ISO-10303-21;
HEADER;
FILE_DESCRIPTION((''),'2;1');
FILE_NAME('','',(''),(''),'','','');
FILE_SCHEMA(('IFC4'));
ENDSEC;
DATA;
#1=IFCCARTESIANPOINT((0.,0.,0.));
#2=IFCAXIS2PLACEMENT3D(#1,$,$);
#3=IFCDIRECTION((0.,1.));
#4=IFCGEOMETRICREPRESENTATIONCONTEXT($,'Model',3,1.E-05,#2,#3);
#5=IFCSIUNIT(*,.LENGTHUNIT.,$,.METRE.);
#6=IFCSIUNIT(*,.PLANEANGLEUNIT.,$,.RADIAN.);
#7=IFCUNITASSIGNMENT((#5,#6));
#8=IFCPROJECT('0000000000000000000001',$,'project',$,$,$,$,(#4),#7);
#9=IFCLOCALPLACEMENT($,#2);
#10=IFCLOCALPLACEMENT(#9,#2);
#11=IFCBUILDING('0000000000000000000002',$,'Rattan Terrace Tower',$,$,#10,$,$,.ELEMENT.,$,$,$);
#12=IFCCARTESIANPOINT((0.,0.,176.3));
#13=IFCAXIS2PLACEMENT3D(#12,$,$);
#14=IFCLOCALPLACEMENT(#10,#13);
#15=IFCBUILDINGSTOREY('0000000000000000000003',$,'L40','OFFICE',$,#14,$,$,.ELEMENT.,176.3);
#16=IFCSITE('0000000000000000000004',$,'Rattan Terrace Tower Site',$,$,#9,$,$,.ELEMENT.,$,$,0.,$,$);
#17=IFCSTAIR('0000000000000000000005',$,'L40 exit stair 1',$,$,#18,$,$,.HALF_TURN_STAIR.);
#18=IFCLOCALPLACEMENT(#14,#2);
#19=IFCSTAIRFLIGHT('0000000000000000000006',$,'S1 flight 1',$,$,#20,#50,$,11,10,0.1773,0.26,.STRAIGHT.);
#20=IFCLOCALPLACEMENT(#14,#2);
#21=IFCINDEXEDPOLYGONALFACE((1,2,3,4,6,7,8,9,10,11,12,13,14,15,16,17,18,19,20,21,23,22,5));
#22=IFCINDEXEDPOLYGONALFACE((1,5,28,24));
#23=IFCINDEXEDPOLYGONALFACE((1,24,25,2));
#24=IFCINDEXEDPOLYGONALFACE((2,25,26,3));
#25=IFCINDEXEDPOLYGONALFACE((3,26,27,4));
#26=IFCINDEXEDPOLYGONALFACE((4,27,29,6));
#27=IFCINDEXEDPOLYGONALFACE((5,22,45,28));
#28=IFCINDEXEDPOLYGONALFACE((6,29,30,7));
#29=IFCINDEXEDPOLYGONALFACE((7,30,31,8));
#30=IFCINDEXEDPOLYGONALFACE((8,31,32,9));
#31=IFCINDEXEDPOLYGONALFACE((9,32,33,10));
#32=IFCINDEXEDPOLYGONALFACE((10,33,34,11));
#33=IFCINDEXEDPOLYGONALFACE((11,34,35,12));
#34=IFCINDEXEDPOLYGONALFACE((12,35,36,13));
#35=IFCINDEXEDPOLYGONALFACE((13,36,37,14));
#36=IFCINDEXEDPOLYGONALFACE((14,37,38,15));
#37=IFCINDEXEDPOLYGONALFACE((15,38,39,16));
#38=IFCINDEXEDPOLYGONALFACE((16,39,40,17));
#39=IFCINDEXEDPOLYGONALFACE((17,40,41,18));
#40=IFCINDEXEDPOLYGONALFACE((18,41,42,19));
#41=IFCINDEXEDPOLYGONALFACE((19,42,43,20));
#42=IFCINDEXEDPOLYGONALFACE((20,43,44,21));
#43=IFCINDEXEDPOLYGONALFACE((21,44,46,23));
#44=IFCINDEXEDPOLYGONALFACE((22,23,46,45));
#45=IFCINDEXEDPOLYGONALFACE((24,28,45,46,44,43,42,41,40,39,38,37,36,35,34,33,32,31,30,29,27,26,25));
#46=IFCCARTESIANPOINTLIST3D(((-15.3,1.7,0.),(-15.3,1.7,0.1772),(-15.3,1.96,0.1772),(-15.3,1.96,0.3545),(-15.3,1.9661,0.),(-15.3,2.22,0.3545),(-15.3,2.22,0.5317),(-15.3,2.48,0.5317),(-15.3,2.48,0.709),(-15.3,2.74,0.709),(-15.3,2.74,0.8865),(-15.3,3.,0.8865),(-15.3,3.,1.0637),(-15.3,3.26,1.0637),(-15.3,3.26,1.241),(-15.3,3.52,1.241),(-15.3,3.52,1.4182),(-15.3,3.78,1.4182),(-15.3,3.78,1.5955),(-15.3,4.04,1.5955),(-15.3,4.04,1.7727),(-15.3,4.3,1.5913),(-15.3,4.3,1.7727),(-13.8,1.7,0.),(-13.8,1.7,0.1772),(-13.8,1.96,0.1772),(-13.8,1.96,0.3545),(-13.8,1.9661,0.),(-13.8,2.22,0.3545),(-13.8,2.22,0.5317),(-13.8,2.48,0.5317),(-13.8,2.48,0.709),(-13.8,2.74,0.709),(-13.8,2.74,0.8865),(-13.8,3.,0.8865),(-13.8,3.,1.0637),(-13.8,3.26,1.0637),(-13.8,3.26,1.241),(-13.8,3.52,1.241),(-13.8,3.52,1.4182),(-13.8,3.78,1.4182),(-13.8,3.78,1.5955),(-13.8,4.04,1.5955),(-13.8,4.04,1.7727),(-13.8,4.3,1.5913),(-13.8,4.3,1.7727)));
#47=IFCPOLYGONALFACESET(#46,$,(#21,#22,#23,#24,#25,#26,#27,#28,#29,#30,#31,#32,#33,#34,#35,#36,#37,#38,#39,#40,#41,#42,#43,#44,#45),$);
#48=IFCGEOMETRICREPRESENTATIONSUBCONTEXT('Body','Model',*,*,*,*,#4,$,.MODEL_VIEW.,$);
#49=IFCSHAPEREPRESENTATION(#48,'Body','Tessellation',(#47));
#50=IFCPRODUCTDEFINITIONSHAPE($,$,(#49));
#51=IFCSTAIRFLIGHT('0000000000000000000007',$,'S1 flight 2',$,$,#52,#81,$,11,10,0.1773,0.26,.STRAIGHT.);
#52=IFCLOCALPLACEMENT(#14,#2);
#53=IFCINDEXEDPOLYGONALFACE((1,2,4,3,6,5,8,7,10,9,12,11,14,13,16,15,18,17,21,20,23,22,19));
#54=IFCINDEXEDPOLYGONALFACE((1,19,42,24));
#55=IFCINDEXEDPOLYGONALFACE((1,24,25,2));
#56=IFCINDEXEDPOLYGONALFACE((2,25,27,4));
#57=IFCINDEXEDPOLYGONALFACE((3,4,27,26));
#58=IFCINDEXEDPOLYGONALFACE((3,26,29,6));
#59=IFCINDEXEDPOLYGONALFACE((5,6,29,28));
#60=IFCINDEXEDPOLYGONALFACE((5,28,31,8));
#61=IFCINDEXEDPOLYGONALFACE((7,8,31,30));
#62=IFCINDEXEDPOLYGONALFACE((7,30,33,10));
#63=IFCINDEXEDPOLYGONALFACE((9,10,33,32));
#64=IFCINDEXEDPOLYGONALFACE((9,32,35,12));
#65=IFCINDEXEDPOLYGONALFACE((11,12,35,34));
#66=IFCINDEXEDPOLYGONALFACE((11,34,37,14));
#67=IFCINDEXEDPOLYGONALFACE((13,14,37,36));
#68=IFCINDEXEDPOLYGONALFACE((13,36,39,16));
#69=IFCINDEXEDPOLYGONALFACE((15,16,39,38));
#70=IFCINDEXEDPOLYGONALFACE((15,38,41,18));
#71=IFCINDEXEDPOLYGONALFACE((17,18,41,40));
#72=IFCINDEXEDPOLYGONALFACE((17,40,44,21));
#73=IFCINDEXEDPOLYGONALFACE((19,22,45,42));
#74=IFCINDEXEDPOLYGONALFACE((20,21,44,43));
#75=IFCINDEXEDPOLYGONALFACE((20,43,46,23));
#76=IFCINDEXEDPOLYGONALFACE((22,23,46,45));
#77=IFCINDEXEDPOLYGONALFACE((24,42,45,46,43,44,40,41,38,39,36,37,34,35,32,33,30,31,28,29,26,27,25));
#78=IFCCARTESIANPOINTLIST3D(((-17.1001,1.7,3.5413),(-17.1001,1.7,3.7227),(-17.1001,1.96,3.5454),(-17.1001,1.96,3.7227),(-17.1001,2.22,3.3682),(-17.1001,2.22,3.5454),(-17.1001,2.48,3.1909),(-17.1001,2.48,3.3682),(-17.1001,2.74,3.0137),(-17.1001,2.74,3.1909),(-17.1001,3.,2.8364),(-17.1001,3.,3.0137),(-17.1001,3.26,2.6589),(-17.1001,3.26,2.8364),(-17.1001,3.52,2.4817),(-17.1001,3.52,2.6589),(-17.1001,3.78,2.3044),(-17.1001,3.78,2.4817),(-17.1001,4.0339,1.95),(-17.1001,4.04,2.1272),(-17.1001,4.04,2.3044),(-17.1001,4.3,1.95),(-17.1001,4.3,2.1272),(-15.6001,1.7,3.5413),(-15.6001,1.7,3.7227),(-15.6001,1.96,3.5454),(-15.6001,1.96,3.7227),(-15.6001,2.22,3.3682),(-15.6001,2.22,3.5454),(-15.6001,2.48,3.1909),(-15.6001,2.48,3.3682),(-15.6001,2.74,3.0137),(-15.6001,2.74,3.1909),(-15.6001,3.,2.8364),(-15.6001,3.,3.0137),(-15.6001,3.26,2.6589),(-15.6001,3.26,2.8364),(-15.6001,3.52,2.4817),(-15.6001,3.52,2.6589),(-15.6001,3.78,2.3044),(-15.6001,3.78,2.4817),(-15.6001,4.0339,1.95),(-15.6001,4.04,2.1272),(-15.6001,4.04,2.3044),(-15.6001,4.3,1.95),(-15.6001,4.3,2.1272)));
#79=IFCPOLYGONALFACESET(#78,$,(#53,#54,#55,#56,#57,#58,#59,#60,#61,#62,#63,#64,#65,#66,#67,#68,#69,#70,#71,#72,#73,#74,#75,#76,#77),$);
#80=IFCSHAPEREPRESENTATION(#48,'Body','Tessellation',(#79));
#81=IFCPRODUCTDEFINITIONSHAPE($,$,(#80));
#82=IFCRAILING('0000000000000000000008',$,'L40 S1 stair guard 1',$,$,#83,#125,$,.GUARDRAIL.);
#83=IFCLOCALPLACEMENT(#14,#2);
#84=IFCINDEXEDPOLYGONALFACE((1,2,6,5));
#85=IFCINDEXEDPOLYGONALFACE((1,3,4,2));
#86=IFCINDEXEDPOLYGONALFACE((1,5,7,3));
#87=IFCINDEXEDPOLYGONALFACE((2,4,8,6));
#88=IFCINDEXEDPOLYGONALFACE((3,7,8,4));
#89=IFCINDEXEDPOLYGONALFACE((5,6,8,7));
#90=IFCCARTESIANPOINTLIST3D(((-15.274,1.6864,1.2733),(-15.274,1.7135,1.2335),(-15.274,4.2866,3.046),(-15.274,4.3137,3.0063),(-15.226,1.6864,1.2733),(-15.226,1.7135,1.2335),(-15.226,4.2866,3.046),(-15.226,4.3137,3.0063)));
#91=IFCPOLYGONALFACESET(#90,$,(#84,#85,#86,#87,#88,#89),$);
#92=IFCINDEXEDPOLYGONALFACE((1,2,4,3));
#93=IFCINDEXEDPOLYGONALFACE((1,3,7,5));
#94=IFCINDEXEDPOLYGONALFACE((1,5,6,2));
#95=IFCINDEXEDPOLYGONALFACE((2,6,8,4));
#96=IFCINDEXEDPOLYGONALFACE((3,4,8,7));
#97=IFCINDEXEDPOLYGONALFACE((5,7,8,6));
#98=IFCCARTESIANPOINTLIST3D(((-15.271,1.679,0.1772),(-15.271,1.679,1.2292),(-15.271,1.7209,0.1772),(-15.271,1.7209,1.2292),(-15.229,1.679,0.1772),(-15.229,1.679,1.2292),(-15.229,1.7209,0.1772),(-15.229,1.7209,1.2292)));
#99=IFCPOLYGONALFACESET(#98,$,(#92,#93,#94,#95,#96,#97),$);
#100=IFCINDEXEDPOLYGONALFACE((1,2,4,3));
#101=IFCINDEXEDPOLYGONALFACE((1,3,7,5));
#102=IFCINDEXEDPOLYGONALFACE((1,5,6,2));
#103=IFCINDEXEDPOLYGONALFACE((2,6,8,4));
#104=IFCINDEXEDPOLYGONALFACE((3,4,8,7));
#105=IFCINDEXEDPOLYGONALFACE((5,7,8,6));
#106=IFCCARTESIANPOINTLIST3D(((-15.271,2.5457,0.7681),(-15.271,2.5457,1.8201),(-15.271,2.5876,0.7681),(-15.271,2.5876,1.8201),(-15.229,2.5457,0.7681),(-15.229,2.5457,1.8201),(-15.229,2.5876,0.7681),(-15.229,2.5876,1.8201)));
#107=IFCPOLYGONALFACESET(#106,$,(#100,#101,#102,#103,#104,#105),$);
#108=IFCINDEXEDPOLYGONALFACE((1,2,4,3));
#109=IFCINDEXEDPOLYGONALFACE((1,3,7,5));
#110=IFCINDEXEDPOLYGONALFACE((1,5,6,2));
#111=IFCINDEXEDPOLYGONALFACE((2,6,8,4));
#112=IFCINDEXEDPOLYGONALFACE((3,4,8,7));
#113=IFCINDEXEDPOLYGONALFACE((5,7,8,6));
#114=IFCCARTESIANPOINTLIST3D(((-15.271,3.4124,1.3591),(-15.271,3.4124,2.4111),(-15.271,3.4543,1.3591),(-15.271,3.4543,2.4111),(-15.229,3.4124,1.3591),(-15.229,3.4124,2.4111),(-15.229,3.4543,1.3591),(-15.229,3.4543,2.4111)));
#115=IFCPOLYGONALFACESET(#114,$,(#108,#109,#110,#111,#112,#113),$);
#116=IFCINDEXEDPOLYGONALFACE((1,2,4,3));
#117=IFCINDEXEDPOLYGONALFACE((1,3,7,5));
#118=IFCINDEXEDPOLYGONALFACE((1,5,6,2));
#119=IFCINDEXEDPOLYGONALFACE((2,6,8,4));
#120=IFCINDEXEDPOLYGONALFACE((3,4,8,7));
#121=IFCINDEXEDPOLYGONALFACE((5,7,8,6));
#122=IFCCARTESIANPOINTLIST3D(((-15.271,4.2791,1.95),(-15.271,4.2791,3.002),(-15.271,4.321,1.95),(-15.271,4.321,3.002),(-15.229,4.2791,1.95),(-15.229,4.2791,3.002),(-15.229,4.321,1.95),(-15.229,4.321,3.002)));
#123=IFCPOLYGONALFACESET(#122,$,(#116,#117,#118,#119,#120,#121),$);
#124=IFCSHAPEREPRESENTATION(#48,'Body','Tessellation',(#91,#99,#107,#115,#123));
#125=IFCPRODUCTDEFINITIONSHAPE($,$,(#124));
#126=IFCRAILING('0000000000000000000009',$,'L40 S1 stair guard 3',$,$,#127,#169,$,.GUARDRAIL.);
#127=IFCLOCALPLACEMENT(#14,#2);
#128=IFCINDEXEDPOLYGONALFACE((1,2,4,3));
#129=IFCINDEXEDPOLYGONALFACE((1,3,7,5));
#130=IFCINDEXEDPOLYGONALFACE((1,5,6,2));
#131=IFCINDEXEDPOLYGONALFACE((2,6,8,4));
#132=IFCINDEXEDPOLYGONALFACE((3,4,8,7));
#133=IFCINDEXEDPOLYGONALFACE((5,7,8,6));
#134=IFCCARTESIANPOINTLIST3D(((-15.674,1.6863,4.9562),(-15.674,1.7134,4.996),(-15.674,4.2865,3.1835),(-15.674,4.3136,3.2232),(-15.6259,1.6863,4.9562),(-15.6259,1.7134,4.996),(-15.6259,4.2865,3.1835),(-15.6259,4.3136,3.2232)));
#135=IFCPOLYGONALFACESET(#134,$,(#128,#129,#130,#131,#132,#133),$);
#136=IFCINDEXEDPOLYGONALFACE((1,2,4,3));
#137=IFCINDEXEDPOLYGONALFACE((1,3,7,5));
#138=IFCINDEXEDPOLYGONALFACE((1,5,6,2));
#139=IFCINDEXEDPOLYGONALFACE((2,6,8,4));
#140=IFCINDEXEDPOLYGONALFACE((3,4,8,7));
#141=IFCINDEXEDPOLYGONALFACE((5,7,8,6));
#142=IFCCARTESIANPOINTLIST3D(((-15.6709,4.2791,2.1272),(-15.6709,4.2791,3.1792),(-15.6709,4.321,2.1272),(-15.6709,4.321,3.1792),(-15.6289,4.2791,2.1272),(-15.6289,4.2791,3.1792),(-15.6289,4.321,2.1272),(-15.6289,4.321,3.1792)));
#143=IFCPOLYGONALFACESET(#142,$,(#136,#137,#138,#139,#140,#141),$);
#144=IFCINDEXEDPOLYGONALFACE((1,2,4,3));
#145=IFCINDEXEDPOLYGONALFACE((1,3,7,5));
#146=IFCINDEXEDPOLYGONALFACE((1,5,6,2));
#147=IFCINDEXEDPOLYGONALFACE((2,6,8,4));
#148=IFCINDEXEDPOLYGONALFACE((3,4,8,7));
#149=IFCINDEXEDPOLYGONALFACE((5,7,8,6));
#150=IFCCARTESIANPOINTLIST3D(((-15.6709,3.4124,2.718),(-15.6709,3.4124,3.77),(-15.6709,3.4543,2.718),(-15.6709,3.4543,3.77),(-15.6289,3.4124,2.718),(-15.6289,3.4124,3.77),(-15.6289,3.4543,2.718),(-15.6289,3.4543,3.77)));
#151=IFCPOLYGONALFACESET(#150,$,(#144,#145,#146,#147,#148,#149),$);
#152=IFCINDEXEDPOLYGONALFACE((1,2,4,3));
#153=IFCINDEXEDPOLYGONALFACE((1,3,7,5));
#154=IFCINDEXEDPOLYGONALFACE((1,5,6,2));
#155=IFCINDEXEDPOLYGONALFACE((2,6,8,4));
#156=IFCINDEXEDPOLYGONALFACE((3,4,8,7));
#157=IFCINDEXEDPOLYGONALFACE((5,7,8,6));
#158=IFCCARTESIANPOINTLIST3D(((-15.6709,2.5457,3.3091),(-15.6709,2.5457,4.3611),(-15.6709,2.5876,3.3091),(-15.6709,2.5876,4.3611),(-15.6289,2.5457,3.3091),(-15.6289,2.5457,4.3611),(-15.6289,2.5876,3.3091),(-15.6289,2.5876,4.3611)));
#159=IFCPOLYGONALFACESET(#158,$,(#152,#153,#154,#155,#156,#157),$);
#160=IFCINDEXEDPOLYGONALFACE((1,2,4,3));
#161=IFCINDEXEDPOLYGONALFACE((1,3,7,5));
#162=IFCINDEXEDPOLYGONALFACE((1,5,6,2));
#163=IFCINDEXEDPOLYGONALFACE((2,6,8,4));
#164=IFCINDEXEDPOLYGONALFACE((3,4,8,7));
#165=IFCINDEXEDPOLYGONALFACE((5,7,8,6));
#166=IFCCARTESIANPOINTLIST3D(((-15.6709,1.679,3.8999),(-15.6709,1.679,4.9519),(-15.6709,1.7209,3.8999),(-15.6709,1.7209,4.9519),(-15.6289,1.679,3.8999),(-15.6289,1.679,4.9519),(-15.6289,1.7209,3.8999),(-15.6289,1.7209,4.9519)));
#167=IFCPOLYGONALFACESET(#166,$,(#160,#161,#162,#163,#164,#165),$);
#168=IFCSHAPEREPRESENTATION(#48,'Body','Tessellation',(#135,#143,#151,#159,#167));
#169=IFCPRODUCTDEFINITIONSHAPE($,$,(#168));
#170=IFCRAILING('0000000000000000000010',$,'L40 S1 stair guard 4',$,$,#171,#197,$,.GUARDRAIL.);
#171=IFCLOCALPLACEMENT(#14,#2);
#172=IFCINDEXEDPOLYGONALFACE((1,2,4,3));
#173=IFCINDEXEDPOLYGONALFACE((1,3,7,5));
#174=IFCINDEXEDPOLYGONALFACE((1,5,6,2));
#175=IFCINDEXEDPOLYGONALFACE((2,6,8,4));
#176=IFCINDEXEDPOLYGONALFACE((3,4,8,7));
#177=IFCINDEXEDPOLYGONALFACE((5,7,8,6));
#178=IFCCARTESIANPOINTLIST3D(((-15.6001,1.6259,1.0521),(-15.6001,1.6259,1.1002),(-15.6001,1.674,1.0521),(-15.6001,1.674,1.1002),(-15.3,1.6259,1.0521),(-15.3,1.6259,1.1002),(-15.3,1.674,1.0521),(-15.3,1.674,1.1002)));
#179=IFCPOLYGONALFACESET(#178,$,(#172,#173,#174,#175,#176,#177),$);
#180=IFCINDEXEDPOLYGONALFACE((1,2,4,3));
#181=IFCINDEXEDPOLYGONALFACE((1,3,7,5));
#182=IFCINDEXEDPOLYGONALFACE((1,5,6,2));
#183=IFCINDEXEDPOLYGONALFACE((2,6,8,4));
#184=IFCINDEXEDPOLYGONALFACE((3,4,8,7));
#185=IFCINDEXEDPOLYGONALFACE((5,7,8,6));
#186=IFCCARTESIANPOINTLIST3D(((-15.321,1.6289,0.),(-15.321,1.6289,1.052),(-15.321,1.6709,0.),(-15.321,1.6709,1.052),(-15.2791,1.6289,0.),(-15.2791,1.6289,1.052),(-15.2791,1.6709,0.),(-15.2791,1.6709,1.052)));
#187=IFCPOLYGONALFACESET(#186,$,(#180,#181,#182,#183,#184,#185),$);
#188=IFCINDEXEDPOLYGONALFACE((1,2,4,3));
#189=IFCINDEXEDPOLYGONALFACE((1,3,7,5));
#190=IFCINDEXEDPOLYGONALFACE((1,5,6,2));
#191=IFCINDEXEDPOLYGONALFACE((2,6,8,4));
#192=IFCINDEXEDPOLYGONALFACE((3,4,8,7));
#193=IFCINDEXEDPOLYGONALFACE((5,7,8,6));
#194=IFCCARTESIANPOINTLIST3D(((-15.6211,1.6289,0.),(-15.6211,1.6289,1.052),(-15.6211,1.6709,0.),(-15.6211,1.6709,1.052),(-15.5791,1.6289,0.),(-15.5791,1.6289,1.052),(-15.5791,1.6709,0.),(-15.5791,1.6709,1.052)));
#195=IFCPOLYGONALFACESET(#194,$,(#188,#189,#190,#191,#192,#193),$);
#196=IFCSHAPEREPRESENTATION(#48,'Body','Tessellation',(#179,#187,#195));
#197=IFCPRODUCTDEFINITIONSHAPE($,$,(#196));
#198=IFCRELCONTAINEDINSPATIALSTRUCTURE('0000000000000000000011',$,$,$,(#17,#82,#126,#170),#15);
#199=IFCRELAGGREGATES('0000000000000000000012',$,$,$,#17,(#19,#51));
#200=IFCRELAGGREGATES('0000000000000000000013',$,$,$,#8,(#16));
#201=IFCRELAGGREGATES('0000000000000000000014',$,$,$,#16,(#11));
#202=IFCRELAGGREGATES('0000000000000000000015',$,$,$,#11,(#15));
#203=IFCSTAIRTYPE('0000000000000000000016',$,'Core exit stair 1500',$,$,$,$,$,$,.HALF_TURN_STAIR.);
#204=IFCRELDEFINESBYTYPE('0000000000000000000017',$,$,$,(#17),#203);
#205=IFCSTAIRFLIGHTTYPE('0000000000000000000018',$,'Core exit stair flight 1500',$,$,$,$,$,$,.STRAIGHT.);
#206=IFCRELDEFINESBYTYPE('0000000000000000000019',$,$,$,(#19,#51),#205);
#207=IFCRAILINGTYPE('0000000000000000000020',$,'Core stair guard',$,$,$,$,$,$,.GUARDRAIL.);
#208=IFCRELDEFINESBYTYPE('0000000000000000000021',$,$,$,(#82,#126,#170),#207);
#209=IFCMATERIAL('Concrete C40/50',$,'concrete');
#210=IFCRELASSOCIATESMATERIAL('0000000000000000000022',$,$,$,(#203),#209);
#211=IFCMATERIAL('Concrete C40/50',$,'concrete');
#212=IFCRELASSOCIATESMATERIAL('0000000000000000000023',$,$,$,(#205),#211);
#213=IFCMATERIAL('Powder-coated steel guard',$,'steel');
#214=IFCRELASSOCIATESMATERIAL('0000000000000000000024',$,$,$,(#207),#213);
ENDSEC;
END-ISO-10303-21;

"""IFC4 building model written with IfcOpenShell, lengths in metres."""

from ifc_helpers import new_model, si_unit, direction, frame, origin, origin_2d, place, context, subcontext, project, spatial, polyline, rectangle, outline, extrude, material, type_object, element, aggregate, save


model = new_model("IFC4")

# Units and contexts
model_context = context("Model", 3, precision=1e-05, world=origin(), true_north=direction((0.0, 1.0)))
body_context = subcontext(model_context, "Body", "Model", "MODEL_VIEW")
ifc_project = project(units=[si_unit("LENGTHUNIT", "METRE"), si_unit("PLANEANGLEUNIT", "RADIAN")], contexts=[model_context])

# Site, building, storey
site_placement = place(None, origin())
site = spatial("IfcSite", under=ifc_project, at=site_placement, Name="Rattan Terrace Tower Site", CompositionType="ELEMENT", RefElevation=0.0)
building_placement = place(site_placement, origin())
building = spatial("IfcBuilding", under=site, at=building_placement, Name="Rattan Terrace Tower", CompositionType="ELEMENT")
storey_placement = place(building_placement, frame((0.0, 0.0, 176.3)))
storey = spatial("IfcBuildingStorey", under=building, at=storey_placement, Name="L40", Description="OFFICE", CompositionType="ELEMENT", Elevation=176.3)

# Stair, stair flights
ifc_material_1 = material(Name="Concrete C40/50", Category="concrete")
stair_type = type_object("IfcStairType", Name="Core exit stair 1500", PredefinedType="HALF_TURN_STAIR", material=ifc_material_1)
stair_placement = place(storey_placement, origin())
stair = element("IfcStair", 1, at=stair_placement, inside=storey, type_object=stair_type, Name="L40 exit stair 1", PredefinedType="HALF_TURN_STAIR")
ifc_material_2 = material(Name="Concrete C40/50", Category="concrete")
stair_flight_type = type_object("IfcStairFlightType", Name="Core exit stair flight 1500", PredefinedType="STRAIGHT", material=ifc_material_2)
stair_flight_1_placement = place(storey_placement, frame((-14.55, 1.7, 0.0), z_axis=(0.0, 0.0, 1.0), x_axis=(0.0, 1.0, 0.0)))
stair_flight_1 = element("IfcStairFlight", 2, at=stair_flight_1_placement, type_object=stair_flight_type, Name="S1 flight 1", NumberOfRisers=11, NumberOfTreads=10, PredefinedType="STRAIGHT", RiserHeight=0.1773, TreadLength=0.26, context=body_context, shape_type="SweptSolid", body=[
    extrude(outline(polyline([(0.0, 0.0), (0.0, 0.1772), (0.26, 0.1772), (0.26, 0.3545), (0.52, 0.3545), (0.52, 0.5317), (0.78, 0.5317), (0.78, 0.709), (1.04, 0.709), (1.04, 0.8865), (1.3, 0.8865), (1.3, 1.0637), (1.5601, 1.0637), (1.5601, 1.241), (1.8201, 1.241), (1.8201, 1.4182), (2.0801, 1.4182), (2.0801, 1.5955), (2.3401, 1.5955), (2.3401, 1.7727), (2.6001, 1.7727), (2.6001, 1.95), (2.6001, 1.5913), (0.2661, 0.0), (0.0, 0.0)])), frame((0.0, 0.75, 0.0), z_axis=(0.0, -1.0, 0.0), x_axis=(1.0, 0.0, 0.0)), (0.0, 0.0, 1.0), 1.5),
])
stair_flight_2_placement = place(storey_placement, frame((-16.3501, 4.3, 1.95), z_axis=(0.0, 0.0, 1.0), x_axis=(0.0, -1.0, 0.0)))
stair_flight_2 = element("IfcStairFlight", 3, at=stair_flight_2_placement, type_object=stair_flight_type, Name="S1 flight 2", NumberOfRisers=11, NumberOfTreads=10, PredefinedType="STRAIGHT", RiserHeight=0.1773, TreadLength=0.26, context=body_context, shape_type="SweptSolid", body=[
    extrude(outline(polyline([(0.0, 0.0), (0.0, 0.1772), (0.26, 0.1772), (0.26, 0.3545), (0.52, 0.3545), (0.52, 0.5317), (0.78, 0.5317), (0.78, 0.709), (1.04, 0.709), (1.04, 0.8865), (1.3, 0.8865), (1.3, 1.0637), (1.5601, 1.0637), (1.5601, 1.241), (1.8201, 1.241), (1.8201, 1.4182), (2.0801, 1.4182), (2.0801, 1.5955), (2.3401, 1.5955), (2.3401, 1.7727), (2.6001, 1.7727), (2.6001, 1.95), (2.6001, 1.5913), (0.2661, 0.0), (0.0, 0.0)])), frame((0.0, 0.75, 0.0), z_axis=(0.0, -1.0, 0.0), x_axis=(1.0, 0.0, 0.0)), (0.0, 0.0, 1.0), 1.5),
])
aggregate(stair, [stair_flight_1, stair_flight_2])

# Railings
ifc_material_3 = material(Name="Powder-coated steel guard", Category="steel")
railing_type_1 = type_object("IfcRailingType", Name="Core stair guard", PredefinedType="GUARDRAIL", material=ifc_material_3)
railing_1_placement = place(storey_placement, frame((-15.25, 1.7, 0.1772)))
element("IfcRailing", 4, at=railing_1_placement, inside=storey, type_object=railing_type_1, Name="L40 S1 stair guard 1", PredefinedType="GUARDRAIL", context=body_context, shape_type="SweptSolid", body=[
    extrude(rectangle(XDim=0.0481, YDim=0.0481, at=origin_2d()), frame((0.0, 0.0, 1.0762), z_axis=(0.0, 0.82624, 0.563318), x_axis=(-1.0, 0.0, 0.0)), (0.0, 0.0, 1.0), 3.147),
    extrude(rectangle(XDim=0.042, YDim=0.042, at=origin_2d()), origin(), (0.0, 0.0, 1.0), 1.052),
    extrude(rectangle(XDim=0.042, YDim=0.042, at=origin_2d()), frame((0.0, 0.8667, 0.5908)), (0.0, 0.0, 1.0), 1.052),
    extrude(rectangle(XDim=0.042, YDim=0.042, at=origin_2d()), frame((0.0, 1.7334, 1.1819)), (0.0, 0.0, 1.0), 1.052),
    extrude(rectangle(XDim=0.042, YDim=0.042, at=origin_2d()), frame((0.0, 2.6001, 1.7727)), (0.0, 0.0, 1.0), 1.052),
])
railing_2_placement = place(storey_placement, frame((-15.6499, 4.3, 2.1272)))
element("IfcRailing", 5, at=railing_2_placement, inside=storey, type_object=railing_type_1, Name="L40 S1 stair guard 3", PredefinedType="GUARDRAIL", context=body_context, shape_type="SweptSolid", body=[
    extrude(rectangle(XDim=0.0481, YDim=0.0481, at=origin_2d()), frame((0.0, 0.0, 1.0762), z_axis=(0.0, -0.82624, 0.563318), x_axis=(1.0, 0.0, 0.0)), (0.0, 0.0, 1.0), 3.147),
    extrude(rectangle(XDim=0.042, YDim=0.042, at=origin_2d()), origin(), (0.0, 0.0, 1.0), 1.052),
    extrude(rectangle(XDim=0.042, YDim=0.042, at=origin_2d()), frame((0.0, -0.8667, 0.5908)), (0.0, 0.0, 1.0), 1.052),
    extrude(rectangle(XDim=0.042, YDim=0.042, at=origin_2d()), frame((0.0, -1.7334, 1.1819)), (0.0, 0.0, 1.0), 1.052),
    extrude(rectangle(XDim=0.042, YDim=0.042, at=origin_2d()), frame((0.0, -2.6001, 1.7727)), (0.0, 0.0, 1.0), 1.052),
])
railing_3_placement = place(storey_placement, frame((-15.3, 1.6499, 0.0)))
element("IfcRailing", 6, at=railing_3_placement, inside=storey, type_object=railing_type_1, Name="L40 S1 stair guard 4", PredefinedType="GUARDRAIL", context=body_context, shape_type="SweptSolid", body=[
    extrude(rectangle(XDim=0.0481, YDim=0.0481, at=origin_2d()), frame((0.0, 0.0, 1.0762), z_axis=(-1.0, 0.0, 0.0), x_axis=(0.0, -1.0, 0.0)), (0.0, 0.0, 1.0), 0.3),
    extrude(rectangle(XDim=0.042, YDim=0.042, at=origin_2d()), origin(), (0.0, 0.0, 1.0), 1.052),
    extrude(rectangle(XDim=0.042, YDim=0.042, at=origin_2d()), frame((-0.3, 0.0, 0.0)), (0.0, 0.0, 1.0), 1.052),
])

save(model, "model.ifc")
